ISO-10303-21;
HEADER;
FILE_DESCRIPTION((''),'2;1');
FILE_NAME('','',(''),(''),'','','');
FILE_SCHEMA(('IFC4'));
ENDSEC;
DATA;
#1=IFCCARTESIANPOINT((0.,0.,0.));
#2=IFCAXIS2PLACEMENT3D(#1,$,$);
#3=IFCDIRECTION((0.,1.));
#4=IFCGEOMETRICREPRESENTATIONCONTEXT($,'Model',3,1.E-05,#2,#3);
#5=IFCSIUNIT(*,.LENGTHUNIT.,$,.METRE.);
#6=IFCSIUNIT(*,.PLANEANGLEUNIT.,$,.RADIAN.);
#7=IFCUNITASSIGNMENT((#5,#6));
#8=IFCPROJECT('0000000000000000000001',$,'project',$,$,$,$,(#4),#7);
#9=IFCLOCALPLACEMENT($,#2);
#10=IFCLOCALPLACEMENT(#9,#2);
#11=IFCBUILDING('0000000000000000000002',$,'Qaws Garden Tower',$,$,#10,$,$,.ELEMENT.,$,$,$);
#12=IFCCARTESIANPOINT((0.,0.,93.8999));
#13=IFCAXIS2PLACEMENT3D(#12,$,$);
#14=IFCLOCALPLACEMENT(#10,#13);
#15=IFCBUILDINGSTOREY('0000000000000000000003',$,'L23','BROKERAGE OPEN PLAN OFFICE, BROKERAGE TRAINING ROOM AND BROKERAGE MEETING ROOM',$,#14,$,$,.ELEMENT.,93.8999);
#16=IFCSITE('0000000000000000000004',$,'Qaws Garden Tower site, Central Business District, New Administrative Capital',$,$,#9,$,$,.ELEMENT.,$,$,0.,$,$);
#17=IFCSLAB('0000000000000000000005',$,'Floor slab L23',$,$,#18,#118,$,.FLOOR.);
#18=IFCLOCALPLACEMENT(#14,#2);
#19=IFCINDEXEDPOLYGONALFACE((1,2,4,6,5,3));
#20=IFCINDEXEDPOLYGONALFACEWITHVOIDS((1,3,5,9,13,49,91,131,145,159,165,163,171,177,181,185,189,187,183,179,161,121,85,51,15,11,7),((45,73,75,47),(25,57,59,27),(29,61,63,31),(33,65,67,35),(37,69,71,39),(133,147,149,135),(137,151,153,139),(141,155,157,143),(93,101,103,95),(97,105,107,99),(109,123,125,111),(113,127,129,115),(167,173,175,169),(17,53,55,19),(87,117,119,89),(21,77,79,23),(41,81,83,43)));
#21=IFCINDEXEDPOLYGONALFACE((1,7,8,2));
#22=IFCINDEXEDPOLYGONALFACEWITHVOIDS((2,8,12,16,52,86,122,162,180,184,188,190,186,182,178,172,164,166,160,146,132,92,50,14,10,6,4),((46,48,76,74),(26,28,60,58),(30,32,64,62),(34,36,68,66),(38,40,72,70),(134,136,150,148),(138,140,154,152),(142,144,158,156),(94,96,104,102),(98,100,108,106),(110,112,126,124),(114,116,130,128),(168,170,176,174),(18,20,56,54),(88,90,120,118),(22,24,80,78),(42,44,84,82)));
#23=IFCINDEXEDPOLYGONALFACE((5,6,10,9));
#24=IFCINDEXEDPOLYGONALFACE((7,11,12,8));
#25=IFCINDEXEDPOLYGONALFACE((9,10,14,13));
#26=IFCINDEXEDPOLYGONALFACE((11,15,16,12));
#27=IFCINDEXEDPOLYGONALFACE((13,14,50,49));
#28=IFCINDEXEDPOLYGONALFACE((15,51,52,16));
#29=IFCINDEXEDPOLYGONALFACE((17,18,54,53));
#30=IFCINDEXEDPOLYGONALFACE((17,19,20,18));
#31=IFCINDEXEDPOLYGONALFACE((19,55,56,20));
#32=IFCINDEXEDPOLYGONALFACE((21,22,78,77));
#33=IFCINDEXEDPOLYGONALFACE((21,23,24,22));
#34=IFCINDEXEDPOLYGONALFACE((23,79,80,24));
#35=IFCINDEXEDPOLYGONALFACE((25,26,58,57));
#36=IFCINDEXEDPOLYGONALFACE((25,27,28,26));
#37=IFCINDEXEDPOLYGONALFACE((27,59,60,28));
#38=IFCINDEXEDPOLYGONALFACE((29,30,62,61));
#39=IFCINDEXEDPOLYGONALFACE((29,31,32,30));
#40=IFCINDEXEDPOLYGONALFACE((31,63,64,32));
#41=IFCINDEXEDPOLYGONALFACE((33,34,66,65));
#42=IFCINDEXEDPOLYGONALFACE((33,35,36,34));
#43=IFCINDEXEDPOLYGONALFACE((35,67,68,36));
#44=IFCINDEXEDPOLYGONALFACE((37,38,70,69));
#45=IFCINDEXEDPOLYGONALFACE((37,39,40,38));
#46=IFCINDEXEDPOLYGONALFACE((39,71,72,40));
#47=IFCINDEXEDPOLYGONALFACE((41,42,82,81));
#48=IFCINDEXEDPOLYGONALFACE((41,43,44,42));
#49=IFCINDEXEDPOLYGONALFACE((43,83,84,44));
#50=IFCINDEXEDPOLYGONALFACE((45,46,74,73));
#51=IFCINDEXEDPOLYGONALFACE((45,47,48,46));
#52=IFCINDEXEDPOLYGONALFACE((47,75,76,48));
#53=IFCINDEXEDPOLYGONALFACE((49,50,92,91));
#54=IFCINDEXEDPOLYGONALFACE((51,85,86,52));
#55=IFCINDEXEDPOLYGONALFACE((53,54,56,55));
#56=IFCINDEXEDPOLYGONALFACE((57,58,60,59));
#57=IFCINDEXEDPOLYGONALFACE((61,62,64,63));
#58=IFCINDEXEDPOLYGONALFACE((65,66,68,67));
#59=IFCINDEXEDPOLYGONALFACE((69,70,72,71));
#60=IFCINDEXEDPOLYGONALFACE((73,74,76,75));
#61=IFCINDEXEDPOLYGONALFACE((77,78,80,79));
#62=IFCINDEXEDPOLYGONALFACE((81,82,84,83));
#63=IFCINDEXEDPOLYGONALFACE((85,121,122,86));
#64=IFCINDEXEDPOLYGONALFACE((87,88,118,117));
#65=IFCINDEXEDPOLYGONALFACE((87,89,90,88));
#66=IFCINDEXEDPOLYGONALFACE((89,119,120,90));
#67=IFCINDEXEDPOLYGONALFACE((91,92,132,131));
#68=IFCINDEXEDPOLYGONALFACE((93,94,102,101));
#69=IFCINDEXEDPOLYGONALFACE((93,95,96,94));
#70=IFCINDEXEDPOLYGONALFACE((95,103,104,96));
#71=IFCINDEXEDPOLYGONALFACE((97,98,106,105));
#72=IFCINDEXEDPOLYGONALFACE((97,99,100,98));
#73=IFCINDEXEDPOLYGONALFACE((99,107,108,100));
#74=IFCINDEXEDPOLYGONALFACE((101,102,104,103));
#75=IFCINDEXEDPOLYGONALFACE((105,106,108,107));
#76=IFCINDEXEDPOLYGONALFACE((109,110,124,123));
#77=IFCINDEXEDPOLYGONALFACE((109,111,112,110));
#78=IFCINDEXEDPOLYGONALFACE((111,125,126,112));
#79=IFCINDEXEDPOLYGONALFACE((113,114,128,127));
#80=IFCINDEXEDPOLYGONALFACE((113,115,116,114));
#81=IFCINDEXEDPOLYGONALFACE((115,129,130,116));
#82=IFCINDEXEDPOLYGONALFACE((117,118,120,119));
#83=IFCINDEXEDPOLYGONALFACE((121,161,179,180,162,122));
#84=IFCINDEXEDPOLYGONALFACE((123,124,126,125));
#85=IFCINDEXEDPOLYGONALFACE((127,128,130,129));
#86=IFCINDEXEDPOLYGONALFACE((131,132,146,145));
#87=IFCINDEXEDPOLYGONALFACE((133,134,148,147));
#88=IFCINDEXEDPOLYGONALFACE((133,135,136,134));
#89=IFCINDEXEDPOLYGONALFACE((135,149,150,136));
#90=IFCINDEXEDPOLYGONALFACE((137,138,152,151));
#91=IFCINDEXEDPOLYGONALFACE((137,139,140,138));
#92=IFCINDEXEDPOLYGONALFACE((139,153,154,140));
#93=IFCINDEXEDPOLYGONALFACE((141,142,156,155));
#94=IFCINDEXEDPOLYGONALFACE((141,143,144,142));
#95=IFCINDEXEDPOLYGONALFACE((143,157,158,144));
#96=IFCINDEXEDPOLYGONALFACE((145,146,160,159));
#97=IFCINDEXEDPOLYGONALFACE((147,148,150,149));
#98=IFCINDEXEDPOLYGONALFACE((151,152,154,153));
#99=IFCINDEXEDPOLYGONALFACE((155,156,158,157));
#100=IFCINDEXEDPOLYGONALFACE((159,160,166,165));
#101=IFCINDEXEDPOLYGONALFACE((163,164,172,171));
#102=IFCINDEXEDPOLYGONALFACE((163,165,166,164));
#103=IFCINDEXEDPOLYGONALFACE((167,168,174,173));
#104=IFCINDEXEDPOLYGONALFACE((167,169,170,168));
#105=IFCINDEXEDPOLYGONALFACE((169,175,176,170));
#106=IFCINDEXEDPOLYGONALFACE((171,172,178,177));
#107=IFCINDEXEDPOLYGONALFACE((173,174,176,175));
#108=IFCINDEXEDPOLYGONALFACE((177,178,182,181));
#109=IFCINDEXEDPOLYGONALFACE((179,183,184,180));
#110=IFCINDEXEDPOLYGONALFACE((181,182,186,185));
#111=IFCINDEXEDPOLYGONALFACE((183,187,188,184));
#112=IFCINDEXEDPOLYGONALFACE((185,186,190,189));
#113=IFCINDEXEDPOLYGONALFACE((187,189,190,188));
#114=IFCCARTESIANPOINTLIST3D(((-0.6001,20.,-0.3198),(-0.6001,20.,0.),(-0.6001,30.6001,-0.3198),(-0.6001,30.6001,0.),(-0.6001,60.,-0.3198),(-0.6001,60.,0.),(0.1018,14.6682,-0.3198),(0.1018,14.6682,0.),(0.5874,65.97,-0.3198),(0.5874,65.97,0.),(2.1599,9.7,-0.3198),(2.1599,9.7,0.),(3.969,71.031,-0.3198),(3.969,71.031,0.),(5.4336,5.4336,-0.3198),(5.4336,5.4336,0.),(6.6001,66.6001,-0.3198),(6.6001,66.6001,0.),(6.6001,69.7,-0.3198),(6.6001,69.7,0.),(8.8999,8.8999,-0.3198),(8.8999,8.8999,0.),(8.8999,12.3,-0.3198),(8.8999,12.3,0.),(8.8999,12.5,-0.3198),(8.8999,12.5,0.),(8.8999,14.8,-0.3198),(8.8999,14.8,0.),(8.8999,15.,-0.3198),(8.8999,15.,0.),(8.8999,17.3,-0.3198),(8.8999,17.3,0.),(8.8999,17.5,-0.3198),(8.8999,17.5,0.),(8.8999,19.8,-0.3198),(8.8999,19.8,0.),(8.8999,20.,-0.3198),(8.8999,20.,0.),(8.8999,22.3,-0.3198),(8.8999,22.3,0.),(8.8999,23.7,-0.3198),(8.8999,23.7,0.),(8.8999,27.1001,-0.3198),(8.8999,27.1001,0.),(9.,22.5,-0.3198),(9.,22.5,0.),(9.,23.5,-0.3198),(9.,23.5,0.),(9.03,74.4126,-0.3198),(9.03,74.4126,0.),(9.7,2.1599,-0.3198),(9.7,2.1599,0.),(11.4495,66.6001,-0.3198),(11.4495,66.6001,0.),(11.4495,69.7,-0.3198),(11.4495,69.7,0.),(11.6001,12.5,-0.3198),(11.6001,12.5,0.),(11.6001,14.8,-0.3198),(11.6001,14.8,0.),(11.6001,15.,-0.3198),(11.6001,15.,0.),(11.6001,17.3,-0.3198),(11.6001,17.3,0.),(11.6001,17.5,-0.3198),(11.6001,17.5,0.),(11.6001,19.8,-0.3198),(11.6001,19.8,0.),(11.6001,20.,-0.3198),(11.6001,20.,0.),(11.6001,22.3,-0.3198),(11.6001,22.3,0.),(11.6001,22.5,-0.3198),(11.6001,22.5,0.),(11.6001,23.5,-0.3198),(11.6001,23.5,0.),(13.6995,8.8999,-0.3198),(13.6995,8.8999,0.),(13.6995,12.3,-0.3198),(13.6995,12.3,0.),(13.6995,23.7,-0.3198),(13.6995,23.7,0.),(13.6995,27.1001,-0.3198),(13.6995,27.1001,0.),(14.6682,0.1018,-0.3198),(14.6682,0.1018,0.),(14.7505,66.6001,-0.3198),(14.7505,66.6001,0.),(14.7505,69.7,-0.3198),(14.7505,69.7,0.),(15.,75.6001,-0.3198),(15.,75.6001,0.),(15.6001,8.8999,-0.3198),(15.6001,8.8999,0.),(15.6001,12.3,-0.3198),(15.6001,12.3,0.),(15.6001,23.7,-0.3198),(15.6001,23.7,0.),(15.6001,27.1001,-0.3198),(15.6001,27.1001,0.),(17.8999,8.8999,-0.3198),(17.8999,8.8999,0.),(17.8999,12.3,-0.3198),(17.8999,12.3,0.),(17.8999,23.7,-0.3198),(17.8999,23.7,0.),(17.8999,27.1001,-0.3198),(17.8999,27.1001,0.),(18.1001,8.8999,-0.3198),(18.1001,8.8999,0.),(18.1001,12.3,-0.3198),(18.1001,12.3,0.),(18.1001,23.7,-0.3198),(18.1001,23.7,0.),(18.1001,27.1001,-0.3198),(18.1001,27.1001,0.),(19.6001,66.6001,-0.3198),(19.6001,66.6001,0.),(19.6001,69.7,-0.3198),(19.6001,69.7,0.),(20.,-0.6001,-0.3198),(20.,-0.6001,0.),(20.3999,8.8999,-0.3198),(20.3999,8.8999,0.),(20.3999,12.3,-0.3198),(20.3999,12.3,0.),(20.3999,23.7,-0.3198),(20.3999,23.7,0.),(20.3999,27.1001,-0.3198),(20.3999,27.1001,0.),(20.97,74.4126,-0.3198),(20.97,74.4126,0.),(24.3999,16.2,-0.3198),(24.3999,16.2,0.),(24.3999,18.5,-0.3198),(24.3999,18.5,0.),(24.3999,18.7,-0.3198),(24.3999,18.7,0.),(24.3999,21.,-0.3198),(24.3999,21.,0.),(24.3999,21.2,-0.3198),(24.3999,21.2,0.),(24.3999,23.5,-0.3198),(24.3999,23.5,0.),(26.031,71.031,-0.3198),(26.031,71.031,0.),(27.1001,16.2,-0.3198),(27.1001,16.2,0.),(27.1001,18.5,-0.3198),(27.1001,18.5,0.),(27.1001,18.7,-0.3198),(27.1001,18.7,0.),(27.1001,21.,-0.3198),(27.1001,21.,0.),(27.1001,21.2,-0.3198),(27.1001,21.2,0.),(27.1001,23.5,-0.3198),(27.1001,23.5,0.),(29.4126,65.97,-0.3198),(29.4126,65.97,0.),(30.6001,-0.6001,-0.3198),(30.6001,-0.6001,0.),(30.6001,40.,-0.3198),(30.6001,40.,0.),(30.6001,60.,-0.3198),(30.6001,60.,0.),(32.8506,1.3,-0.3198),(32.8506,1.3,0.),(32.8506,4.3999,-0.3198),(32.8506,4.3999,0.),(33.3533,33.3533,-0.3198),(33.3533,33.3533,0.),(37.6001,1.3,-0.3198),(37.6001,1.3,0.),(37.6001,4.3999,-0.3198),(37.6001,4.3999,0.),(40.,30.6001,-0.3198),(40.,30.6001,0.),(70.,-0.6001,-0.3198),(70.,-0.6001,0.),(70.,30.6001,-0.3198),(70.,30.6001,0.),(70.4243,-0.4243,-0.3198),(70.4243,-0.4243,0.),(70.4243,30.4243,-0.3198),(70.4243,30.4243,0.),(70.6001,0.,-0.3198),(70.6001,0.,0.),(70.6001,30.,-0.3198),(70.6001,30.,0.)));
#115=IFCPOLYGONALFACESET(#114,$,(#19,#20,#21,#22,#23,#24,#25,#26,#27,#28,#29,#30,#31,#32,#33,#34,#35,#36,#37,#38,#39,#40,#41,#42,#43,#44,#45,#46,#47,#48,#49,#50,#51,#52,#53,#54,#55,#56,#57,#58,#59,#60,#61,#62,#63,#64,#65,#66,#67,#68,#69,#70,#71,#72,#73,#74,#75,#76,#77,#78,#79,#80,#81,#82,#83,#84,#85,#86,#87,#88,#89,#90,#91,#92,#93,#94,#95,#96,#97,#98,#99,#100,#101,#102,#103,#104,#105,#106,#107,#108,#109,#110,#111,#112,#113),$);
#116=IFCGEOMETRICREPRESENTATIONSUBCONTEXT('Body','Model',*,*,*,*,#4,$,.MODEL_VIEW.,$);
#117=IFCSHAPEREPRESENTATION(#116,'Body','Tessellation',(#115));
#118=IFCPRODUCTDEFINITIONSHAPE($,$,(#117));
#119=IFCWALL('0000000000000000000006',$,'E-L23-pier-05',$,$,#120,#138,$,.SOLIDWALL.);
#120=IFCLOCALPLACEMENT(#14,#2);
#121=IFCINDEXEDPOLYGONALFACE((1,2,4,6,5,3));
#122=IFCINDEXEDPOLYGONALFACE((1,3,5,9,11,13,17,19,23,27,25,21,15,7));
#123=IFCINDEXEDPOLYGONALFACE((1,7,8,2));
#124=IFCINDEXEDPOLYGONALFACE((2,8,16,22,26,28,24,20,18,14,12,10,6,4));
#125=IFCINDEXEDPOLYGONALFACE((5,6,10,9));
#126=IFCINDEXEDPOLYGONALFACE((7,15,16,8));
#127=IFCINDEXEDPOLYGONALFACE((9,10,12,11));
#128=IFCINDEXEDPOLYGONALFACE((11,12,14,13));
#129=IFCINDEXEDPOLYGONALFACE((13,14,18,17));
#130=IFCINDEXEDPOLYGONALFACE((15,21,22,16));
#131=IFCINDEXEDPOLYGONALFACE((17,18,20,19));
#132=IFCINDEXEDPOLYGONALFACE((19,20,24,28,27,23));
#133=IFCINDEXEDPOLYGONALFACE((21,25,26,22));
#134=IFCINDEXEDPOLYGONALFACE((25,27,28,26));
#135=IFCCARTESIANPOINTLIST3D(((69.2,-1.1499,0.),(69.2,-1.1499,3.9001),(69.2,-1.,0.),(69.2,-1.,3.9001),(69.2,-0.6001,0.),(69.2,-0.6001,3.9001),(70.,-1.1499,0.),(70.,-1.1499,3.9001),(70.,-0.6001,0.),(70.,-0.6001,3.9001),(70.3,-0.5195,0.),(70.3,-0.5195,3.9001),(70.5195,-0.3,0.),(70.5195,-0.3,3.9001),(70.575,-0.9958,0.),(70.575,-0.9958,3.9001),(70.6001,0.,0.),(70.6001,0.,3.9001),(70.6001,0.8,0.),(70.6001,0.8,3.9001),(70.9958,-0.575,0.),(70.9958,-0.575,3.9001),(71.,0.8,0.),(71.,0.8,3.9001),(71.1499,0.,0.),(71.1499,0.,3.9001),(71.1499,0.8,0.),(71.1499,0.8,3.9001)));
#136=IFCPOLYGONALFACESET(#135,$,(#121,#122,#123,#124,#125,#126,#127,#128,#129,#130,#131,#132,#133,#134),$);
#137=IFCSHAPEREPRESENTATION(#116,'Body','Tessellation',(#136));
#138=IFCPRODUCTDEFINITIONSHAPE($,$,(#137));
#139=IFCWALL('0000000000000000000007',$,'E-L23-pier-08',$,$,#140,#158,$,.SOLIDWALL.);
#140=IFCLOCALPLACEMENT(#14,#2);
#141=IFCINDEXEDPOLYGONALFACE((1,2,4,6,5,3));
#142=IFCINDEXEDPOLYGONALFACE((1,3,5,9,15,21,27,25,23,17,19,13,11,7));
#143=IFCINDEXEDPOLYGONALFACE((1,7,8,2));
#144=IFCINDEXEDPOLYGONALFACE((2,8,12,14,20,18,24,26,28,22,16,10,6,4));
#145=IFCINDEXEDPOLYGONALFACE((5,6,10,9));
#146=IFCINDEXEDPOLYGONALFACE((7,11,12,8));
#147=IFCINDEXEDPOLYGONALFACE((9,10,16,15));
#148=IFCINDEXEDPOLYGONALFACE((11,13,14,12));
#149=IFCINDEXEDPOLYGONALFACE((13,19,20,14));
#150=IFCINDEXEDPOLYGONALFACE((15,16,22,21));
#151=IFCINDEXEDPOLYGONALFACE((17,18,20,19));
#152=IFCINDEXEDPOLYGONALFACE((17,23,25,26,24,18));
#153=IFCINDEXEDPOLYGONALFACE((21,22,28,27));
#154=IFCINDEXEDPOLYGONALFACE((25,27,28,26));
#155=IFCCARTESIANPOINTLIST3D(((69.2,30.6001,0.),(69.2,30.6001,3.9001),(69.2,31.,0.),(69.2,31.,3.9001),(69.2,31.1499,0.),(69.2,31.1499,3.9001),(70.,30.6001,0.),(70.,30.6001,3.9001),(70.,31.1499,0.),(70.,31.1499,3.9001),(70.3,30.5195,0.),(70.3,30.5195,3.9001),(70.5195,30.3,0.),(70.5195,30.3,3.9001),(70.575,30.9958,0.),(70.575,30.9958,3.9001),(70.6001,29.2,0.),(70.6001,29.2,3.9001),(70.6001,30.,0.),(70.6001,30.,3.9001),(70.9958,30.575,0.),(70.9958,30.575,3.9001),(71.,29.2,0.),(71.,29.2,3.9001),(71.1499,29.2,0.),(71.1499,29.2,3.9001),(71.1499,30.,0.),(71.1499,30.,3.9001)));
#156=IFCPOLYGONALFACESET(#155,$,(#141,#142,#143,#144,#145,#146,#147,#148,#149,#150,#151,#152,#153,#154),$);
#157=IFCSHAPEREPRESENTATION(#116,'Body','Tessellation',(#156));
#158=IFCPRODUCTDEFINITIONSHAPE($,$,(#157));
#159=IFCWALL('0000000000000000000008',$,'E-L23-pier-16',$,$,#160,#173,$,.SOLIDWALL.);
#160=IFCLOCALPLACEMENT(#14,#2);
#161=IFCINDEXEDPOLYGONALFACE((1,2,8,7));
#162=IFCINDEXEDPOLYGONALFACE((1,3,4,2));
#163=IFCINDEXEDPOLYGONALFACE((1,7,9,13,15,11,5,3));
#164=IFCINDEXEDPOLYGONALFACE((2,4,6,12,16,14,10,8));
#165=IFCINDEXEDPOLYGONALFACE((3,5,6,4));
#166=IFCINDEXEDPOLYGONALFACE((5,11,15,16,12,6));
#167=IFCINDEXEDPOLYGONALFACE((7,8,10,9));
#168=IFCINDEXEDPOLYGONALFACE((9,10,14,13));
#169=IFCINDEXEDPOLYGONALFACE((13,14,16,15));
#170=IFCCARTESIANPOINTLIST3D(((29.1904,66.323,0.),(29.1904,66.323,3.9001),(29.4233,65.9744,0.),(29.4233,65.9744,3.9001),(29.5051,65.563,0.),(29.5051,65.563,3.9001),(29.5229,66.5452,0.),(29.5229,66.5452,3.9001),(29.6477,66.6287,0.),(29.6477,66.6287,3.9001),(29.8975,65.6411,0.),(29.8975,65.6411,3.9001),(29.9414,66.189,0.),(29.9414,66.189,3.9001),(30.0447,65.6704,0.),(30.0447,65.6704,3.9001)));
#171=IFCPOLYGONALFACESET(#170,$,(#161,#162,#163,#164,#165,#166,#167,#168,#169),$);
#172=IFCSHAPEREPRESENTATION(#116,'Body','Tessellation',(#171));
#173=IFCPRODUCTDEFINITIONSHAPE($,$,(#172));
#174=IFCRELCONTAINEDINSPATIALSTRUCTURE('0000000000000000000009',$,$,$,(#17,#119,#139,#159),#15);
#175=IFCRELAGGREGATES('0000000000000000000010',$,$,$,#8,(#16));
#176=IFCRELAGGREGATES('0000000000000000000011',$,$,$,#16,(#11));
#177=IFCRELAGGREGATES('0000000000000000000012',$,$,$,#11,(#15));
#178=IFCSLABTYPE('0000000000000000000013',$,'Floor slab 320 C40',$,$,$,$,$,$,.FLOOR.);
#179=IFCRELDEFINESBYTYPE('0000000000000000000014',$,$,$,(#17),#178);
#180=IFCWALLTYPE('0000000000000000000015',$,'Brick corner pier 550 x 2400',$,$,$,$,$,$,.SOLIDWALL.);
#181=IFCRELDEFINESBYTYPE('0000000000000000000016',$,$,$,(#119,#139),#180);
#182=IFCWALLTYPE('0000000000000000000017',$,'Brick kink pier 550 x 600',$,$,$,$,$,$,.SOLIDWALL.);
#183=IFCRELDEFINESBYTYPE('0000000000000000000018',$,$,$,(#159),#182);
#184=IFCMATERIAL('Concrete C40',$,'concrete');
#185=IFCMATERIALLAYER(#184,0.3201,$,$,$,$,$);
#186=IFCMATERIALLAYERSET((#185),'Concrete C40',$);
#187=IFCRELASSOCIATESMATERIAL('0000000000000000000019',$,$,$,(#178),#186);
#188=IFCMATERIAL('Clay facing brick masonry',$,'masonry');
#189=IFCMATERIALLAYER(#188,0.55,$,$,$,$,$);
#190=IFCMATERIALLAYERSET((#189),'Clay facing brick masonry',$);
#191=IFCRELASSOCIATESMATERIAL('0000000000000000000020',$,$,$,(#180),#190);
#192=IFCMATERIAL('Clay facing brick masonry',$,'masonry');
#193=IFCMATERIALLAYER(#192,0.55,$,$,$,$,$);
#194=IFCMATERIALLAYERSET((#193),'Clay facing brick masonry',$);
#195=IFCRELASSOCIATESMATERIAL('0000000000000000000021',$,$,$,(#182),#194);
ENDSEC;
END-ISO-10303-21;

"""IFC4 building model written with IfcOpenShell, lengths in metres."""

from ifc_helpers import new_model, si_unit, direction, frame, origin, place, context, subcontext, project, spatial, polyline, outline, extrude, material, layer, layer_set, type_object, element, save


model = new_model("IFC4")

# Units and contexts
model_context = context("Model", 3, precision=1e-05, world=origin(), true_north=direction((0.0, 1.0)))
body_context = subcontext(model_context, "Body", "Model", "MODEL_VIEW")
ifc_project = project(units=[si_unit("LENGTHUNIT", "METRE"), si_unit("PLANEANGLEUNIT", "RADIAN")], contexts=[model_context])

# Site, building, storey
site_placement = place(None, origin())
site = spatial("IfcSite", under=ifc_project, at=site_placement, Name="Qaws Garden Tower site, Central Business District, New Administrative Capital", CompositionType="ELEMENT", RefElevation=0.0)
building_placement = place(site_placement, origin())
building = spatial("IfcBuilding", under=site, at=building_placement, Name="Qaws Garden Tower", CompositionType="ELEMENT")
storey_placement = place(building_placement, frame((0.0, 0.0, 93.8999)))
storey = spatial("IfcBuildingStorey", under=building, at=storey_placement, Name="L23", Description="BROKERAGE OPEN PLAN OFFICE, BROKERAGE TRAINING ROOM AND BROKERAGE MEETING ROOM", CompositionType="ELEMENT", Elevation=93.8999)

# Slab
ifc_material_1 = material(Name="Concrete C40", Category="concrete")
ifc_layer_1 = layer(ifc_material_1, 0.3201)
ifc_layer_set_1 = layer_set([ifc_layer_1], Name="Concrete C40")
slab_type = type_object("IfcSlabType", Name="Floor slab 320 C40", PredefinedType="FLOOR", material=ifc_layer_set_1)
slab_placement = place(storey_placement, frame((0.0, 0.0, -0.3198)))
element("IfcSlab", 1, at=slab_placement, inside=storey, type_object=slab_type, Name="Floor slab L23", PredefinedType="FLOOR", context=body_context, shape_type="SweptSolid", body=[
    extrude(outline(polyline([(0.1018, 14.6682), (-0.6001, 20.0), (-0.6001, 30.6001), (-0.6001, 60.0), (-0.6001, 60.0), (0.5874, 65.97), (3.969, 71.031), (9.03, 74.4126), (15.0, 75.6001), (20.97, 74.4126), (26.031, 71.031), (29.4126, 65.97), (30.6001, 60.0), (30.6001, 40.0), (33.3533, 33.3533), (40.0, 30.6001), (70.0, 30.6001), (70.4243, 30.4243), (70.6001, 30.0), (70.6001, 0.0), (70.4243, -0.4243), (70.0, -0.6001), (30.6001, -0.6001), (20.0, -0.6001), (14.6682, 0.1018), (9.7, 2.1599), (5.4336, 5.4336), (2.1599, 9.7), (0.1018, 14.6682)]), holes=[polyline([(13.6995, 12.3), (8.8999, 12.3), (8.8999, 8.8999), (13.6995, 8.8999), (13.6995, 12.3)]), polyline([(17.8999, 12.3), (15.6001, 12.3), (15.6001, 8.8999), (17.8999, 8.8999), (17.8999, 12.3)]), polyline([(11.6001, 14.8), (8.8999, 14.8), (8.8999, 12.5), (11.6001, 12.5), (11.6001, 14.8)]), polyline([(11.6001, 17.3), (8.8999, 17.3), (8.8999, 15.0), (11.6001, 15.0), (11.6001, 17.3)]), polyline([(11.6001, 19.8), (8.8999, 19.8), (8.8999, 17.5), (11.6001, 17.5), (11.6001, 19.8)]), polyline([(11.6001, 22.3), (8.8999, 22.3), (8.8999, 20.0), (11.6001, 20.0), (11.6001, 22.3)]), polyline([(11.6001, 23.5), (9.0, 23.5), (9.0, 22.5), (11.6001, 22.5), (11.6001, 23.5)]), polyline([(13.6995, 27.1001), (8.8999, 27.1001), (8.8999, 23.7), (13.6995, 23.7), (13.6995, 27.1001)]), polyline([(11.4495, 69.7), (6.6001, 69.7), (6.6001, 66.6001), (11.4495, 66.6001), (11.4495, 69.7)]), polyline([(37.6001, 4.3999), (32.8506, 4.3999), (32.8506, 1.3), (37.6001, 1.3), (37.6001, 4.3999)]), polyline([(20.3999, 12.3), (18.1001, 12.3), (18.1001, 8.8999), (20.3999, 8.8999), (20.3999, 12.3)]), polyline([(27.1001, 18.5), (24.3999, 18.5), (24.3999, 16.2), (27.1001, 16.2), (27.1001, 18.5)]), polyline([(27.1001, 21.0), (24.3999, 21.0), (24.3999, 18.7), (27.1001, 18.7), (27.1001, 21.0)]), polyline([(27.1001, 23.5), (24.3999, 23.5), (24.3999, 21.2), (27.1001, 21.2), (27.1001, 23.5)]), polyline([(17.8999, 27.1001), (15.6001, 27.1001), (15.6001, 23.7), (17.8999, 23.7), (17.8999, 27.1001)]), polyline([(20.3999, 23.7), (20.3999, 27.1001), (18.1001, 27.1001), (18.1001, 23.7), (20.3999, 23.7)]), polyline([(19.6001, 66.6001), (19.6001, 69.7), (14.7505, 69.7), (14.7505, 66.6001), (19.6001, 66.6001)])]), origin(), (0.0, 0.0, 1.0), 0.3198),
])

# Walls
ifc_material_2 = material(Name="Clay facing brick masonry", Category="masonry")
ifc_layer_2 = layer(ifc_material_2, 0.55)
ifc_layer_set_2 = layer_set([ifc_layer_2], Name="Clay facing brick masonry")
wall_type_1 = type_object("IfcWallType", Name="Brick corner pier 550 x 2400", PredefinedType="SOLIDWALL", material=ifc_layer_set_2)
placement = place(storey_placement, origin())
element("IfcWall", 2, at=placement, inside=storey, type_object=wall_type_1, Name="E-L23-pier-05", PredefinedType="SOLIDWALL", context=body_context, shape_type="SweptSolid", body=[
    extrude(outline(polyline([(69.2, -1.0), (69.2, -1.1499), (70.0, -1.1499), (70.575, -0.9958), (70.9958, -0.575), (71.1499, 0.0), (71.1499, 0.8), (71.0, 0.8), (70.6001, 0.8), (70.6001, 0.0), (70.5195, -0.3), (70.3, -0.5195), (70.0, -0.6001), (69.2, -0.6001), (69.2, -1.0)])), origin(), (0.0, 0.0, 1.0), 3.9001),
])
element("IfcWall", 3, at=placement, inside=storey, type_object=wall_type_1, Name="E-L23-pier-08", PredefinedType="SOLIDWALL", context=body_context, shape_type="SweptSolid", body=[
    extrude(outline(polyline([(71.0, 29.2), (71.1499, 29.2), (71.1499, 30.0), (70.9958, 30.575), (70.575, 30.9958), (70.0, 31.1499), (69.2, 31.1499), (69.2, 31.0), (69.2, 30.6001), (70.0, 30.6001), (70.3, 30.5195), (70.5195, 30.3), (70.6001, 30.0), (70.6001, 29.2), (71.0, 29.2)])), origin(), (0.0, 0.0, 1.0), 3.9001),
])
ifc_material_3 = material(Name="Clay facing brick masonry", Category="masonry")
ifc_layer_3 = layer(ifc_material_3, 0.55)
ifc_layer_set_3 = layer_set([ifc_layer_3], Name="Clay facing brick masonry")
wall_type_2 = type_object("IfcWallType", Name="Brick kink pier 550 x 600", PredefinedType="SOLIDWALL", material=ifc_layer_set_3)
element("IfcWall", 4, at=placement, inside=storey, type_object=wall_type_2, Name="E-L23-pier-16", PredefinedType="SOLIDWALL", context=body_context, shape_type="SweptSolid", body=[
    extrude(outline(polyline([(29.8975, 65.6411), (30.0447, 65.6704), (29.9414, 66.189), (29.6477, 66.6287), (29.5229, 66.5452), (29.1904, 66.323), (29.4233, 65.9744), (29.5051, 65.563), (29.8975, 65.6411)])), origin(), (0.0, 0.0, 1.0), 3.9001),
])

save(model, "model.ifc")
